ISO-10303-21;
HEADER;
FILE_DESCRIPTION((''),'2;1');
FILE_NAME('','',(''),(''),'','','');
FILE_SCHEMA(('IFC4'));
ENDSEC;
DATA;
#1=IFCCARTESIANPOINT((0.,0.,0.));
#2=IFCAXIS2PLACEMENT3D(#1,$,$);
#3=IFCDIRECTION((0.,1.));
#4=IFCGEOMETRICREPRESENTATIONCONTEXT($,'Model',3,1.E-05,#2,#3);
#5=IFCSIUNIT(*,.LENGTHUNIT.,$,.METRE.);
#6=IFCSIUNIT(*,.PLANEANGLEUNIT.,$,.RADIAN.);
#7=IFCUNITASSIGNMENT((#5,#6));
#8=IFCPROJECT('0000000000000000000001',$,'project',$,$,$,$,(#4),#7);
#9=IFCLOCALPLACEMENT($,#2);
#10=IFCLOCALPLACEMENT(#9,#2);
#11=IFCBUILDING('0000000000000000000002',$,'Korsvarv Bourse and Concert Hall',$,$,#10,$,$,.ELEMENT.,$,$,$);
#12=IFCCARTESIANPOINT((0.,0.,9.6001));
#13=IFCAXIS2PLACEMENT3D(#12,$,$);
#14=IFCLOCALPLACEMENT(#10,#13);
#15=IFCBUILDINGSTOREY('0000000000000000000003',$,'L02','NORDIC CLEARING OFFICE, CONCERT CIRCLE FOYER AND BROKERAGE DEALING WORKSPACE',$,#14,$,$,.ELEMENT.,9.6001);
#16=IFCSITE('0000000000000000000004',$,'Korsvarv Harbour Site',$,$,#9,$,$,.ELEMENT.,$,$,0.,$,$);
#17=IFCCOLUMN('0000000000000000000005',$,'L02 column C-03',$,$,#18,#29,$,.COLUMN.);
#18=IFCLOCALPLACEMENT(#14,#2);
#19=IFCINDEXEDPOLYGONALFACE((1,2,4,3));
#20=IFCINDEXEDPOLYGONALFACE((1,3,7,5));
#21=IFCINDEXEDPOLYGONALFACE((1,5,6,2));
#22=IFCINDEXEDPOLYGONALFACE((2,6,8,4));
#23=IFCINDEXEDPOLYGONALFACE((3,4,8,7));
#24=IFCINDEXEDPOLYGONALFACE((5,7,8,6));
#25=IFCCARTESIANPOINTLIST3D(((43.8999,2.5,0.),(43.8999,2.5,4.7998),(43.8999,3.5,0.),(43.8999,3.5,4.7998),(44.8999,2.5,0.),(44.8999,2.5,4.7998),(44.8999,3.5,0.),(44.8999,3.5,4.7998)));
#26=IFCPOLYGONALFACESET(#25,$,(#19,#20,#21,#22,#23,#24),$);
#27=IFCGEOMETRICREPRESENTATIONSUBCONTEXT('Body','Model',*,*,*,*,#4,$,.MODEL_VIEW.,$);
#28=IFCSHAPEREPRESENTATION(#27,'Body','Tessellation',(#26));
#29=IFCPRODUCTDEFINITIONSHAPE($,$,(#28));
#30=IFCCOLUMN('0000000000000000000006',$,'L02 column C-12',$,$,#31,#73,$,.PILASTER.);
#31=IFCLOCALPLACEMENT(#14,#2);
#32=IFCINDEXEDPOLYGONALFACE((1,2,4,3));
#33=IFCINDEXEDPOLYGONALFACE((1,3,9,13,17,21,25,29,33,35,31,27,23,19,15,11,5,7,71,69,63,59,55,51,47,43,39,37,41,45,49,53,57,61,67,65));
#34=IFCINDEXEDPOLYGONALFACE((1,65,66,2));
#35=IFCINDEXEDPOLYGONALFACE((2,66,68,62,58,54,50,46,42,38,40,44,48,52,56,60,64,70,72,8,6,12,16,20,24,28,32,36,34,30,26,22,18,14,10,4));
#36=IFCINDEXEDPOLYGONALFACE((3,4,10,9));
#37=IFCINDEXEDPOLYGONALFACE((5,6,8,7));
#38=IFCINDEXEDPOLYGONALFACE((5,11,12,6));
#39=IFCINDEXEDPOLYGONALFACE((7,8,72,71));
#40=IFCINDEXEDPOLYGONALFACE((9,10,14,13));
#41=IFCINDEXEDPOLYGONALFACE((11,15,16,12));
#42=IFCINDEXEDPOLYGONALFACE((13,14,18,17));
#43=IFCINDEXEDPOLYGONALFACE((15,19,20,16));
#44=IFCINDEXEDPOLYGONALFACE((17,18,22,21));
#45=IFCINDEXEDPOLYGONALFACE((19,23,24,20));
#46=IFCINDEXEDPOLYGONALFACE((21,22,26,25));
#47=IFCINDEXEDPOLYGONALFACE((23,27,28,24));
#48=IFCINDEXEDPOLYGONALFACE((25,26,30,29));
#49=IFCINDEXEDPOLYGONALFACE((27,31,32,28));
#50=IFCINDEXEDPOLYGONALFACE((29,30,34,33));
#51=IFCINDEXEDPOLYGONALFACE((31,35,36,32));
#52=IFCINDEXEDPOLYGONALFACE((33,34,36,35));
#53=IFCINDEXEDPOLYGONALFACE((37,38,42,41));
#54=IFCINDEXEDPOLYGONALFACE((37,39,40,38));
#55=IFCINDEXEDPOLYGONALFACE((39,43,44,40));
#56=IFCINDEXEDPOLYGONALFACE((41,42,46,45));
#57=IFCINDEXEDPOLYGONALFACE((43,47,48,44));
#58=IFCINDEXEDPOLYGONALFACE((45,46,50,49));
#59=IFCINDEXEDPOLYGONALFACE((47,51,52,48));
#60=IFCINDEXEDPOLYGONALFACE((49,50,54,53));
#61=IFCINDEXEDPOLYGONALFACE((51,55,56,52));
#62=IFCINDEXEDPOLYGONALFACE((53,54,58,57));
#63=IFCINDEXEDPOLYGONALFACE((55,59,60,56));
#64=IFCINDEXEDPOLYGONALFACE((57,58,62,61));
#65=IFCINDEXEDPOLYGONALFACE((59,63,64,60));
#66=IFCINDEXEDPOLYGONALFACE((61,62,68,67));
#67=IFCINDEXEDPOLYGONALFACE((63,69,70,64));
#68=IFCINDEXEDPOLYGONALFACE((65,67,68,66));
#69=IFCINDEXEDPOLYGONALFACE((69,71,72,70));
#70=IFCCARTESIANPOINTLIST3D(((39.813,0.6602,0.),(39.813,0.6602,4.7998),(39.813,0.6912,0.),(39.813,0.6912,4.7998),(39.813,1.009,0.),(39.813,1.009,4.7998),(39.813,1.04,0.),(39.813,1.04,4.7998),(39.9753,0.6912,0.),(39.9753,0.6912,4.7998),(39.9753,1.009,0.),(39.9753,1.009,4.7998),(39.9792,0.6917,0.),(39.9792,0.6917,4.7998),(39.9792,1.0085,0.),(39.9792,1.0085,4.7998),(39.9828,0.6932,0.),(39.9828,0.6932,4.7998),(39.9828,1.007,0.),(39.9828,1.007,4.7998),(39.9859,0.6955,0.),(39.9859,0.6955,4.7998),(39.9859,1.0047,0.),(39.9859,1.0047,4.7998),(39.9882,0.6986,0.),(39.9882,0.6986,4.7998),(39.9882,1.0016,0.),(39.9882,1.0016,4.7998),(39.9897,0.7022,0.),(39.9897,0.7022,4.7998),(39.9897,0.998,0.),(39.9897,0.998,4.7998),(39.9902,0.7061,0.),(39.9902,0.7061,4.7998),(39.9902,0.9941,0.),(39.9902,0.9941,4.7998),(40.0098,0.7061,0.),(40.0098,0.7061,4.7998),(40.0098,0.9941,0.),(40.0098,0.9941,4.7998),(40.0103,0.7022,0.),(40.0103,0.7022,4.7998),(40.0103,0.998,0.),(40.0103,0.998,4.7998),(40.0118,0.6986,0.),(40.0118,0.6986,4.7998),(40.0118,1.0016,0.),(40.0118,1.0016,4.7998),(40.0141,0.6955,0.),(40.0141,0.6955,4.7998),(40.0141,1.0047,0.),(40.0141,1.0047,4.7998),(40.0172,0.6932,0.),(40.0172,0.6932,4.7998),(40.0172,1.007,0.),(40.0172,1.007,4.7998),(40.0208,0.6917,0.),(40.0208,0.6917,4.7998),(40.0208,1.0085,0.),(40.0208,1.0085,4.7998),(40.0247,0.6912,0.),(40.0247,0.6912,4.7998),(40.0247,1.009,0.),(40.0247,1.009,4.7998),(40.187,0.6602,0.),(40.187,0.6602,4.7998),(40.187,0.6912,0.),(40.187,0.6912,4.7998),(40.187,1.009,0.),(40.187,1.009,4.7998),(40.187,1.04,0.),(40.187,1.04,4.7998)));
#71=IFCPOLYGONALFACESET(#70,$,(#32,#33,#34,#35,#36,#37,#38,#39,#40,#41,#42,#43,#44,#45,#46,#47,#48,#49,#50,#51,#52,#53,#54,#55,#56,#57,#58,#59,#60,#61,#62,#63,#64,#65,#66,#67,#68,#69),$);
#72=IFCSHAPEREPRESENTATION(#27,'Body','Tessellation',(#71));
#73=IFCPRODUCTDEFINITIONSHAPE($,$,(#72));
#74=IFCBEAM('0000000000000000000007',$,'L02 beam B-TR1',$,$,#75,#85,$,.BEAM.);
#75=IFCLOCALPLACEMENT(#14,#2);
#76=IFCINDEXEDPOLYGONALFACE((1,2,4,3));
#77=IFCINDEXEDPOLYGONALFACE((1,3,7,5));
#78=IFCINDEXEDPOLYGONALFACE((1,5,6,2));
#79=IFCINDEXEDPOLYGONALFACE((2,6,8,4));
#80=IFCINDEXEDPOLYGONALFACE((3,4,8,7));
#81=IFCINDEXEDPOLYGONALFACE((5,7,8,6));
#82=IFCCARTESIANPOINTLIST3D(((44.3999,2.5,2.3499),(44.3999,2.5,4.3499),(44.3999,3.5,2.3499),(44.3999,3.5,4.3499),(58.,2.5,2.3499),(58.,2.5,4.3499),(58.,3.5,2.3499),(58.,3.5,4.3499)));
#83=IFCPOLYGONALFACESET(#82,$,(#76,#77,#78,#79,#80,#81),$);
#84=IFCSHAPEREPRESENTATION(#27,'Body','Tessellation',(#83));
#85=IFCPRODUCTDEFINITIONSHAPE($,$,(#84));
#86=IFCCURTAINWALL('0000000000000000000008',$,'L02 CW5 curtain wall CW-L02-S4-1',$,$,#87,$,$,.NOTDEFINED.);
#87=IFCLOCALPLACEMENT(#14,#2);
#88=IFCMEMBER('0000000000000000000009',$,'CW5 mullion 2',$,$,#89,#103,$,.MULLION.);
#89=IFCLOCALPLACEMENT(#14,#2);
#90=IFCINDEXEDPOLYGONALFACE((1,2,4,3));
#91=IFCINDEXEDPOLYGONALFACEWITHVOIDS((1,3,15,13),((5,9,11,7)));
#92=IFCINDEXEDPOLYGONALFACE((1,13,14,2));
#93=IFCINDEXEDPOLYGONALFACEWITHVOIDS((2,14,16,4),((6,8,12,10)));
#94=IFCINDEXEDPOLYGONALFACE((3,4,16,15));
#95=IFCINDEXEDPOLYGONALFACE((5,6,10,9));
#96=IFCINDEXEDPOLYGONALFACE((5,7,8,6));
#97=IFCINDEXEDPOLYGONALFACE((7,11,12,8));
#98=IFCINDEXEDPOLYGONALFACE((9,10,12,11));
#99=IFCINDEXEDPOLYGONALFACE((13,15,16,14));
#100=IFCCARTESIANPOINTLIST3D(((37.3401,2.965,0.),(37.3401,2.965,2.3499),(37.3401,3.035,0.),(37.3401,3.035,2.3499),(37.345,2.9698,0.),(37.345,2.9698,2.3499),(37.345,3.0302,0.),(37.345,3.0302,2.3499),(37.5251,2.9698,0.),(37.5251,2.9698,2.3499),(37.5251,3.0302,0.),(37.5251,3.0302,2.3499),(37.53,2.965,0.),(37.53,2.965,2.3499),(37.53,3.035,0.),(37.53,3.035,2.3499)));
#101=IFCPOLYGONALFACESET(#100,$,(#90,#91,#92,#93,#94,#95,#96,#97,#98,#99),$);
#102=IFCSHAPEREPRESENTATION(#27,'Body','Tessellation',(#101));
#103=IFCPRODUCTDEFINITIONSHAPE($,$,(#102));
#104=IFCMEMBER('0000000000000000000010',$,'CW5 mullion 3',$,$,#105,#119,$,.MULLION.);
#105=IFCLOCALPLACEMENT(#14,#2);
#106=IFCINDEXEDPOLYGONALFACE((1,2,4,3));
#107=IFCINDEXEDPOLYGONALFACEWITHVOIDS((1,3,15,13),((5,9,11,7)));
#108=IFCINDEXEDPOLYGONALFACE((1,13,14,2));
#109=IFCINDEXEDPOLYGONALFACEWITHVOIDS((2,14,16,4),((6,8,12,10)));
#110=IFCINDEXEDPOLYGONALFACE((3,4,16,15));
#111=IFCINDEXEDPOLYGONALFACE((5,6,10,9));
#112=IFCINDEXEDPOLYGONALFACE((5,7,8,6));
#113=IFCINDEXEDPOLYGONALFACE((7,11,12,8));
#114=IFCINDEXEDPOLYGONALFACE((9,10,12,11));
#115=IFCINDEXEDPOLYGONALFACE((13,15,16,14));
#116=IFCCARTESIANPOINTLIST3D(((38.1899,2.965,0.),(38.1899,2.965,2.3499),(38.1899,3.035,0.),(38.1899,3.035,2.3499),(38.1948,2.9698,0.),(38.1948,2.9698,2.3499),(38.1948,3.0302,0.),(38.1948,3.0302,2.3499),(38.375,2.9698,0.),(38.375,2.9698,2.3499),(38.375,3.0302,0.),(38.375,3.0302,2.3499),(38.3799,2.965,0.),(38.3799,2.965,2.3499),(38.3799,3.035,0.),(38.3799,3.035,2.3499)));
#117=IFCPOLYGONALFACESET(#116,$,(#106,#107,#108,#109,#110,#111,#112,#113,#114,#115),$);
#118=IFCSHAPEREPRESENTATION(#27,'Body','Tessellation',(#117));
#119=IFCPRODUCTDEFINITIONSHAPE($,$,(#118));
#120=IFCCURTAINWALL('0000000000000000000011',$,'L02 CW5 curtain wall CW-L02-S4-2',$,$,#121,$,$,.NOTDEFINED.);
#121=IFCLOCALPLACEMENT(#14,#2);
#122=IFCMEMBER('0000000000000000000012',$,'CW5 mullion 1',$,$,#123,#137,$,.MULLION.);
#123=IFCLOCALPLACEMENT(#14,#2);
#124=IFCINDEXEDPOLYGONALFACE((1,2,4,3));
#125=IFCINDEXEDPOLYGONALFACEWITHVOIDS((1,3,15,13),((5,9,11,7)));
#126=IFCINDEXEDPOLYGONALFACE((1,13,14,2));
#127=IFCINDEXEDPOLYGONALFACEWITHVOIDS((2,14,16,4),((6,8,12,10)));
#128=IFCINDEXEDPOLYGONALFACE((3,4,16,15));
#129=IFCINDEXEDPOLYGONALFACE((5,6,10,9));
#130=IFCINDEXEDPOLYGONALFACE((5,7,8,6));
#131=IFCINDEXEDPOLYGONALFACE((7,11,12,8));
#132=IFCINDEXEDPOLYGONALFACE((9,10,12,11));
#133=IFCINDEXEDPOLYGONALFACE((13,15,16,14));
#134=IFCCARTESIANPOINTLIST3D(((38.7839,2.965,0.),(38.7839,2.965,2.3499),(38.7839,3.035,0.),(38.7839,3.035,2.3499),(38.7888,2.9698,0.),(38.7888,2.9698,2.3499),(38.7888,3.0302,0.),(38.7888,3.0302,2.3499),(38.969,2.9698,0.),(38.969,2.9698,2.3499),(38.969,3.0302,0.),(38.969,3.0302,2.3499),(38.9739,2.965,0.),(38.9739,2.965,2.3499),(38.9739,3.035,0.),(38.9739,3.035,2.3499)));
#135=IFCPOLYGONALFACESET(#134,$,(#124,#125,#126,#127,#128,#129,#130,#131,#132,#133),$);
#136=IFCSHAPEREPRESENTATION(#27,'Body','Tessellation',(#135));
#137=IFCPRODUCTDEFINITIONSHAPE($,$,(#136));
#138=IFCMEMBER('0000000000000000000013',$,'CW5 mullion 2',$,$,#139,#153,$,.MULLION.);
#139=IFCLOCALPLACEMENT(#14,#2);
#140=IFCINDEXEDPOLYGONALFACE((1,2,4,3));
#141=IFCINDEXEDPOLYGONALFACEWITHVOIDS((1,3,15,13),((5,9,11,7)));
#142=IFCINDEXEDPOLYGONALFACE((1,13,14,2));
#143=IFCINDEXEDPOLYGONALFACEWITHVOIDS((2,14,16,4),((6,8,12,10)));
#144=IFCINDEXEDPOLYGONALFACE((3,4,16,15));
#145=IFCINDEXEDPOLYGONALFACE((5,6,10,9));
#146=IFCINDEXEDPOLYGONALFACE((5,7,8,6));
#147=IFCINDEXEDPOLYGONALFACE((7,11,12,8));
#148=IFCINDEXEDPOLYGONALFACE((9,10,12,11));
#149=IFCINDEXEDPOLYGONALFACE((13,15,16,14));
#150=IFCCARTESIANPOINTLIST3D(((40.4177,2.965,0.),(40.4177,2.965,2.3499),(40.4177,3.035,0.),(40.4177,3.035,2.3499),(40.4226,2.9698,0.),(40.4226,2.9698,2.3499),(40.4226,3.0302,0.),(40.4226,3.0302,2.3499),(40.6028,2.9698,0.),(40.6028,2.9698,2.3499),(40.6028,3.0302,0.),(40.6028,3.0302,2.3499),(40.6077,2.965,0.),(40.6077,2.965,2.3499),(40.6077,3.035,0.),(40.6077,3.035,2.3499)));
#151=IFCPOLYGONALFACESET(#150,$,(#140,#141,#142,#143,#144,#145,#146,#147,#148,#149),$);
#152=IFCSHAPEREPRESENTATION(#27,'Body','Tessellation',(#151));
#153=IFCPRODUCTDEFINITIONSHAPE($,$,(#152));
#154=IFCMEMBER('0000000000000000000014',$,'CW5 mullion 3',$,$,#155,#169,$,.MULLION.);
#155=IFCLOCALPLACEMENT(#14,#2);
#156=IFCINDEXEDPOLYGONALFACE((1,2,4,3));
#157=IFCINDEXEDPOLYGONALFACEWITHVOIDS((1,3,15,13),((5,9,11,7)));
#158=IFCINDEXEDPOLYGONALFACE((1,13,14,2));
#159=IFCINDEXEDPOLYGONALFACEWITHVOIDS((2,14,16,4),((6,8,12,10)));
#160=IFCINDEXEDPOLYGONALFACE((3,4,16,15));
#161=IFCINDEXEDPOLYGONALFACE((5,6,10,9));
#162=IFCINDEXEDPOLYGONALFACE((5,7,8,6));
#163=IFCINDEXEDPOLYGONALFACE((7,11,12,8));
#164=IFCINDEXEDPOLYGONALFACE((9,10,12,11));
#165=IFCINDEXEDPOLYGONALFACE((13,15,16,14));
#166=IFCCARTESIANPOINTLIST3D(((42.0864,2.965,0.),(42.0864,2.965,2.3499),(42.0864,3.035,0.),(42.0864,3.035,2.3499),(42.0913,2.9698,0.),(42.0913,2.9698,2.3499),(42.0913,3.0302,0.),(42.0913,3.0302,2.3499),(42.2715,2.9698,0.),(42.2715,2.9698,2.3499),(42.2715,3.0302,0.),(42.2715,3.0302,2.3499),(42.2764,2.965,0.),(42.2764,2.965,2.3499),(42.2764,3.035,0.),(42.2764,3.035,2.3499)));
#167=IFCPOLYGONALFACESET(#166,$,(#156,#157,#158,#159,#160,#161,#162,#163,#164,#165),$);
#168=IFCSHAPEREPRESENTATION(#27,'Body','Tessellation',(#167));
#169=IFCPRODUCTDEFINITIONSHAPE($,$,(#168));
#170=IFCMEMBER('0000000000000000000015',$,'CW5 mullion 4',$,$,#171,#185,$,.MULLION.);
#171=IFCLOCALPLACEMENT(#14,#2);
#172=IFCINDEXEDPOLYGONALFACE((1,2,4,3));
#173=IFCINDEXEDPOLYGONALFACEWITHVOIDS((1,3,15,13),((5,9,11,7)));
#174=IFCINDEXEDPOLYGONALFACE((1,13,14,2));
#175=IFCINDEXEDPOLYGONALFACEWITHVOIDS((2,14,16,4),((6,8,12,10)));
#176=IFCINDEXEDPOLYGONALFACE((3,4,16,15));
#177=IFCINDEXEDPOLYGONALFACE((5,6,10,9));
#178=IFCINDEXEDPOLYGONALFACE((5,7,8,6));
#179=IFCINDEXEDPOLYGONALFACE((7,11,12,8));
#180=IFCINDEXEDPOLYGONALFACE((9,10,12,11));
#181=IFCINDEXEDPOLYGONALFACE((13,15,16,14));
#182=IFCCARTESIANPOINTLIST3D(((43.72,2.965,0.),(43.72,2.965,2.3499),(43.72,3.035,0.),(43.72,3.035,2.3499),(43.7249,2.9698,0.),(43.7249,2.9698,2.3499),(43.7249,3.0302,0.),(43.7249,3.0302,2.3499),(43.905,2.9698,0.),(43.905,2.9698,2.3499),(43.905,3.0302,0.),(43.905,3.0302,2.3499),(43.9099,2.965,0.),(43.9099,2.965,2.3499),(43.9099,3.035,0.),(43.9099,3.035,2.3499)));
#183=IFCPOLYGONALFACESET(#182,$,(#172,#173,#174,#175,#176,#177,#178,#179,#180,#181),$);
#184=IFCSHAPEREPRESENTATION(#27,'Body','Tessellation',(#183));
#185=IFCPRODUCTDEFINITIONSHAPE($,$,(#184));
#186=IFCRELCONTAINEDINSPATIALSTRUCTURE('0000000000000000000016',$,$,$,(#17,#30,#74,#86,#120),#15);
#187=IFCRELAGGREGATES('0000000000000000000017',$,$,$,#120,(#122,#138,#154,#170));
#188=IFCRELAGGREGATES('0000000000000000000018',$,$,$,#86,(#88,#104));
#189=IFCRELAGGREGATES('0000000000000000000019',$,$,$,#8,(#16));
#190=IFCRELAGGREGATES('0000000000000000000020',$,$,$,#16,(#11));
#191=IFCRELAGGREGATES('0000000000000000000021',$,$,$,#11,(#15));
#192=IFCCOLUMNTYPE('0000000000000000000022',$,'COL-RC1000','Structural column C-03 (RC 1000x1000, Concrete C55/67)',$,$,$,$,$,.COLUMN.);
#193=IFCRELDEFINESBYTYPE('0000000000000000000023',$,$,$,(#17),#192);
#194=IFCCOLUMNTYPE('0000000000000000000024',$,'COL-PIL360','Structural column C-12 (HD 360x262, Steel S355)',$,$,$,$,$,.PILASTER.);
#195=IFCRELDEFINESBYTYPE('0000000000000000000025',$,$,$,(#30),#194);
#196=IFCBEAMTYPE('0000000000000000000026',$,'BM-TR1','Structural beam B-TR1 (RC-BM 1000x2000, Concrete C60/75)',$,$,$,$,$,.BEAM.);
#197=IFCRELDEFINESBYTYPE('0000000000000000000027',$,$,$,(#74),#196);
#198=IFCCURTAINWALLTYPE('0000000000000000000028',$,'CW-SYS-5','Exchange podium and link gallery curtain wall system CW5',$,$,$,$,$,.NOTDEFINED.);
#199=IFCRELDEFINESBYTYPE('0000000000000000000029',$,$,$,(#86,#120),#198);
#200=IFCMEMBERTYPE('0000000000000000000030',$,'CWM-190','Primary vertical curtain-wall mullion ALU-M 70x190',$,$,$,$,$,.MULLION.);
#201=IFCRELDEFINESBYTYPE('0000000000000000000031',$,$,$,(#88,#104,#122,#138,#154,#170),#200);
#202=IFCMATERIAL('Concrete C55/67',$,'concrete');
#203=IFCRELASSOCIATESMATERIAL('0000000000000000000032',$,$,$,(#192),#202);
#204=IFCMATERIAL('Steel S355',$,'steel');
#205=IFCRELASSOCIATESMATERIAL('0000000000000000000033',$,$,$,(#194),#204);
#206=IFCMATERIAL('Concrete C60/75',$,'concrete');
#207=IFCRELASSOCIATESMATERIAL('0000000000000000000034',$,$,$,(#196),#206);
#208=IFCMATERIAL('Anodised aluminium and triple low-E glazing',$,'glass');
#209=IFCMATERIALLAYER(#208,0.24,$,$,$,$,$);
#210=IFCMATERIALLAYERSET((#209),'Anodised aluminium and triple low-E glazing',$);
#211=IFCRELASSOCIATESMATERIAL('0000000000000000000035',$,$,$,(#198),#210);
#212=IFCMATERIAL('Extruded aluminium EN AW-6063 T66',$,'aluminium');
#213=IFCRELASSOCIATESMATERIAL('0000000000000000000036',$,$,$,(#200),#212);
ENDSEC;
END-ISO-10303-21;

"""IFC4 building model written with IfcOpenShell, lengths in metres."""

from ifc_helpers import new_model, si_unit, direction, frame, origin, origin_2d, place, context, subcontext, project, spatial, rectangle, hollow_rectangle, i_section, extrude, source, transform, mapped, material, layer, layer_set, material_profile, profile_set, type_object, element, aggregate, save


model = new_model("IFC4")

# Units and contexts
model_context = context("Model", 3, precision=1e-05, world=origin(), true_north=direction((0.0, 1.0)))
body_context = subcontext(model_context, "Body", "Model", "MODEL_VIEW")
ifc_project = project(units=[si_unit("LENGTHUNIT", "METRE"), si_unit("PLANEANGLEUNIT", "RADIAN")], contexts=[model_context])

# Site, building, storey
site_placement = place(None, origin())
site = spatial("IfcSite", under=ifc_project, at=site_placement, Name="Korsvarv Harbour Site", CompositionType="ELEMENT", RefElevation=0.0)
building_placement = place(site_placement, origin())
building = spatial("IfcBuilding", under=site, at=building_placement, Name="Korsvarv Bourse and Concert Hall", CompositionType="ELEMENT")
storey_placement = place(building_placement, frame((0.0, 0.0, 9.6001)))
storey = spatial("IfcBuildingStorey", under=building, at=storey_placement, Name="L02", Description="NORDIC CLEARING OFFICE, CONCERT CIRCLE FOYER AND BROKERAGE DEALING WORKSPACE", CompositionType="ELEMENT", Elevation=9.6001)

# Columns
ifc_material_1 = material(Name="Concrete C55/67", Category="concrete")
ifc_material_profile_1 = material_profile(ifc_material_1, rectangle(XDim=1.0, YDim=1.0, at=origin_2d()), Name="RC 1000x1000")
ifc_profile_set_1 = profile_set([ifc_material_profile_1], Name="Concrete C55/67")
column_type_1 = type_object("IfcColumnType", Name="COL-RC1000", Description="Structural column C-03 (RC 1000x1000, Concrete C55/67)", PredefinedType="COLUMN", material=ifc_profile_set_1)
shared_shape_1 = source(origin(), body_context, "Body", "SweptSolid", [
    extrude(rectangle(XDim=1.0, YDim=1.0, at=origin_2d()), origin(), (0.0, 0.0, 1.0), 4.7998),
])
column_1_placement = place(storey_placement, frame((44.3999, 3.0, 0.0), z_axis=(0.0, 0.0, 1.0), x_axis=(1.0, 0.0, 0.0)))
element("IfcColumn", 1, at=column_1_placement, inside=storey, type_object=column_type_1, Name="L02 column C-03", PredefinedType="COLUMN", context=body_context, shape_type="MappedRepresentation", body=[
    mapped(shared_shape_1, transform((0.0, 0.0, 0.0), scale=1.0)),
])
ifc_material_2 = material(Name="Steel S355", Category="steel")
ifc_material_profile_2 = material_profile(ifc_material_2, i_section(OverallWidth=0.374, OverallDepth=0.3799, WebThickness=0.0195, FlangeThickness=0.031, FilletRadius=0.0149, at=origin_2d()), Name="HD 360x262")
ifc_profile_set_2 = profile_set([ifc_material_profile_2], Name="Steel S355")
column_type_2 = type_object("IfcColumnType", Name="COL-PIL360", Description="Structural column C-12 (HD 360x262, Steel S355)", PredefinedType="PILASTER", material=ifc_profile_set_2)
shared_shape_2 = source(origin(), body_context, "Body", "SweptSolid", [
    extrude(i_section(OverallWidth=0.374, OverallDepth=0.3799, WebThickness=0.0195, FlangeThickness=0.031, FilletRadius=0.0149, at=origin_2d()), origin(), (0.0, 0.0, 1.0), 4.7998),
])
column_2_placement = place(storey_placement, frame((40.0, 0.8501, 0.0), z_axis=(0.0, 0.0, 1.0), x_axis=(1.0, 0.0, 0.0)))
element("IfcColumn", 2, at=column_2_placement, inside=storey, type_object=column_type_2, Name="L02 column C-12", PredefinedType="PILASTER", context=body_context, shape_type="MappedRepresentation", body=[
    mapped(shared_shape_2, transform((0.0, 0.0, 0.0), scale=1.0)),
])

# Beam
ifc_material_3 = material(Name="Concrete C60/75", Category="concrete")
ifc_material_profile_3 = material_profile(ifc_material_3, rectangle(XDim=1.0, YDim=2.0, at=origin_2d()), Name="RC-BM 1000x2000")
ifc_profile_set_3 = profile_set([ifc_material_profile_3], Name="Concrete C60/75")
beam_type = type_object("IfcBeamType", Name="BM-TR1", Description="Structural beam B-TR1 (RC-BM 1000x2000, Concrete C60/75)", PredefinedType="BEAM", material=ifc_profile_set_3)
shared_shape_3 = source(origin(), body_context, "Body", "SweptSolid", [
    extrude(rectangle(XDim=1.0, YDim=2.0, at=origin_2d()), origin(), (0.0, 0.0, 1.0), 13.6001),
])
beam_placement = place(storey_placement, frame((44.3999, 3.0, 3.3499), z_axis=(1.0, 0.0, 0.0), x_axis=(0.0, 1.0, 0.0)))
element("IfcBeam", 3, at=beam_placement, inside=storey, type_object=beam_type, Name="L02 beam B-TR1", PredefinedType="BEAM", context=body_context, shape_type="MappedRepresentation", body=[
    mapped(shared_shape_3, transform((0.0, 0.0, 0.0), scale=1.0)),
])

# Curtain walls, members
ifc_material_4 = material(Name="Anodised aluminium and triple low-E glazing", Category="glass")
ifc_layer_1 = layer(ifc_material_4, 0.24)
ifc_layer_set_1 = layer_set([ifc_layer_1], Name="Anodised aluminium and triple low-E glazing")
curtain_wall_type = type_object("IfcCurtainWallType", Name="CW-SYS-5", Description="Exchange podium and link gallery curtain wall system CW5", PredefinedType="NOTDEFINED", material=ifc_layer_set_1)
curtain_wall_1_placement = place(storey_placement, origin())
curtain_wall_1 = element("IfcCurtainWall", 4, at=curtain_wall_1_placement, inside=storey, type_object=curtain_wall_type, Name="L02 CW5 curtain wall CW-L02-S4-1", PredefinedType="NOTDEFINED")
ifc_material_5 = material(Name="Extruded aluminium EN AW-6063 T66", Category="aluminium")
ifc_material_profile_4 = material_profile(ifc_material_5, hollow_rectangle(XDim=0.0701, YDim=0.1899, WallThickness=0.0049, at=origin_2d()), Name="ALU-M 70x190")
ifc_profile_set_4 = profile_set([ifc_material_profile_4], Name="Extruded aluminium EN AW-6063 T66")
member_type_1 = type_object("IfcMemberType", Name="CWM-190", Description="Primary vertical curtain-wall mullion ALU-M 70x190", PredefinedType="MULLION", material=ifc_profile_set_4)
shared_shape_4 = source(origin(), body_context, "Body", "SweptSolid", [
    extrude(hollow_rectangle(XDim=0.0701, YDim=0.1899, WallThickness=0.0049, at=origin_2d()), origin(), (0.0, 0.0, 1.0), 2.3499),
])
member_1_placement = place(storey_placement, frame((37.4351, 3.0, 0.0), z_axis=(0.0, 0.0, 1.0), x_axis=(0.0, 1.0, 0.0)))
member_1 = element("IfcMember", 5, at=member_1_placement, type_object=member_type_1, Name="CW5 mullion 2", PredefinedType="MULLION", context=body_context, shape_type="MappedRepresentation", body=[
    mapped(shared_shape_4, transform((0.0, 0.0, 0.0), scale=1.0)),
])
member_2_placement = place(storey_placement, frame((38.2849, 3.0, 0.0), z_axis=(0.0, 0.0, 1.0), x_axis=(0.0, 1.0, 0.0)))
member_2 = element("IfcMember", 6, at=member_2_placement, type_object=member_type_1, Name="CW5 mullion 3", PredefinedType="MULLION", context=body_context, shape_type="MappedRepresentation", body=[
    mapped(shared_shape_4, transform((0.0, 0.0, 0.0), scale=1.0)),
])
curtain_wall_2_placement = place(storey_placement, origin())
curtain_wall_2 = element("IfcCurtainWall", 7, at=curtain_wall_2_placement, inside=storey, type_object=curtain_wall_type, Name="L02 CW5 curtain wall CW-L02-S4-2", PredefinedType="NOTDEFINED")
member_3_placement = place(storey_placement, frame((38.8789, 3.0, 0.0), z_axis=(0.0, 0.0, 1.0), x_axis=(0.0, 1.0, 0.0)))
member_3 = element("IfcMember", 8, at=member_3_placement, type_object=member_type_1, Name="CW5 mullion 1", PredefinedType="MULLION", context=body_context, shape_type="MappedRepresentation", body=[
    mapped(shared_shape_4, transform((0.0, 0.0, 0.0), scale=1.0)),
])
member_4_placement = place(storey_placement, frame((40.5127, 3.0, 0.0), z_axis=(0.0, 0.0, 1.0), x_axis=(0.0, 1.0, 0.0)))
member_4 = element("IfcMember", 9, at=member_4_placement, type_object=member_type_1, Name="CW5 mullion 2", PredefinedType="MULLION", context=body_context, shape_type="MappedRepresentation", body=[
    mapped(shared_shape_4, transform((0.0, 0.0, 0.0), scale=1.0)),
])
member_5_placement = place(storey_placement, frame((42.1814, 3.0, 0.0), z_axis=(0.0, 0.0, 1.0), x_axis=(0.0, 1.0, 0.0)))
member_5 = element("IfcMember", 10, at=member_5_placement, type_object=member_type_1, Name="CW5 mullion 3", PredefinedType="MULLION", context=body_context, shape_type="MappedRepresentation", body=[
    mapped(shared_shape_4, transform((0.0, 0.0, 0.0), scale=1.0)),
])
member_6_placement = place(storey_placement, frame((43.8149, 3.0, 0.0), z_axis=(0.0, 0.0, 1.0), x_axis=(0.0, 1.0, 0.0)))
member_6 = element("IfcMember", 11, at=member_6_placement, type_object=member_type_1, Name="CW5 mullion 4", PredefinedType="MULLION", context=body_context, shape_type="MappedRepresentation", body=[
    mapped(shared_shape_4, transform((0.0, 0.0, 0.0), scale=1.0)),
])

aggregate(curtain_wall_2, [member_3, member_4, member_5, member_6])
aggregate(curtain_wall_1, [member_1, member_2])

save(model, "model.ifc")
